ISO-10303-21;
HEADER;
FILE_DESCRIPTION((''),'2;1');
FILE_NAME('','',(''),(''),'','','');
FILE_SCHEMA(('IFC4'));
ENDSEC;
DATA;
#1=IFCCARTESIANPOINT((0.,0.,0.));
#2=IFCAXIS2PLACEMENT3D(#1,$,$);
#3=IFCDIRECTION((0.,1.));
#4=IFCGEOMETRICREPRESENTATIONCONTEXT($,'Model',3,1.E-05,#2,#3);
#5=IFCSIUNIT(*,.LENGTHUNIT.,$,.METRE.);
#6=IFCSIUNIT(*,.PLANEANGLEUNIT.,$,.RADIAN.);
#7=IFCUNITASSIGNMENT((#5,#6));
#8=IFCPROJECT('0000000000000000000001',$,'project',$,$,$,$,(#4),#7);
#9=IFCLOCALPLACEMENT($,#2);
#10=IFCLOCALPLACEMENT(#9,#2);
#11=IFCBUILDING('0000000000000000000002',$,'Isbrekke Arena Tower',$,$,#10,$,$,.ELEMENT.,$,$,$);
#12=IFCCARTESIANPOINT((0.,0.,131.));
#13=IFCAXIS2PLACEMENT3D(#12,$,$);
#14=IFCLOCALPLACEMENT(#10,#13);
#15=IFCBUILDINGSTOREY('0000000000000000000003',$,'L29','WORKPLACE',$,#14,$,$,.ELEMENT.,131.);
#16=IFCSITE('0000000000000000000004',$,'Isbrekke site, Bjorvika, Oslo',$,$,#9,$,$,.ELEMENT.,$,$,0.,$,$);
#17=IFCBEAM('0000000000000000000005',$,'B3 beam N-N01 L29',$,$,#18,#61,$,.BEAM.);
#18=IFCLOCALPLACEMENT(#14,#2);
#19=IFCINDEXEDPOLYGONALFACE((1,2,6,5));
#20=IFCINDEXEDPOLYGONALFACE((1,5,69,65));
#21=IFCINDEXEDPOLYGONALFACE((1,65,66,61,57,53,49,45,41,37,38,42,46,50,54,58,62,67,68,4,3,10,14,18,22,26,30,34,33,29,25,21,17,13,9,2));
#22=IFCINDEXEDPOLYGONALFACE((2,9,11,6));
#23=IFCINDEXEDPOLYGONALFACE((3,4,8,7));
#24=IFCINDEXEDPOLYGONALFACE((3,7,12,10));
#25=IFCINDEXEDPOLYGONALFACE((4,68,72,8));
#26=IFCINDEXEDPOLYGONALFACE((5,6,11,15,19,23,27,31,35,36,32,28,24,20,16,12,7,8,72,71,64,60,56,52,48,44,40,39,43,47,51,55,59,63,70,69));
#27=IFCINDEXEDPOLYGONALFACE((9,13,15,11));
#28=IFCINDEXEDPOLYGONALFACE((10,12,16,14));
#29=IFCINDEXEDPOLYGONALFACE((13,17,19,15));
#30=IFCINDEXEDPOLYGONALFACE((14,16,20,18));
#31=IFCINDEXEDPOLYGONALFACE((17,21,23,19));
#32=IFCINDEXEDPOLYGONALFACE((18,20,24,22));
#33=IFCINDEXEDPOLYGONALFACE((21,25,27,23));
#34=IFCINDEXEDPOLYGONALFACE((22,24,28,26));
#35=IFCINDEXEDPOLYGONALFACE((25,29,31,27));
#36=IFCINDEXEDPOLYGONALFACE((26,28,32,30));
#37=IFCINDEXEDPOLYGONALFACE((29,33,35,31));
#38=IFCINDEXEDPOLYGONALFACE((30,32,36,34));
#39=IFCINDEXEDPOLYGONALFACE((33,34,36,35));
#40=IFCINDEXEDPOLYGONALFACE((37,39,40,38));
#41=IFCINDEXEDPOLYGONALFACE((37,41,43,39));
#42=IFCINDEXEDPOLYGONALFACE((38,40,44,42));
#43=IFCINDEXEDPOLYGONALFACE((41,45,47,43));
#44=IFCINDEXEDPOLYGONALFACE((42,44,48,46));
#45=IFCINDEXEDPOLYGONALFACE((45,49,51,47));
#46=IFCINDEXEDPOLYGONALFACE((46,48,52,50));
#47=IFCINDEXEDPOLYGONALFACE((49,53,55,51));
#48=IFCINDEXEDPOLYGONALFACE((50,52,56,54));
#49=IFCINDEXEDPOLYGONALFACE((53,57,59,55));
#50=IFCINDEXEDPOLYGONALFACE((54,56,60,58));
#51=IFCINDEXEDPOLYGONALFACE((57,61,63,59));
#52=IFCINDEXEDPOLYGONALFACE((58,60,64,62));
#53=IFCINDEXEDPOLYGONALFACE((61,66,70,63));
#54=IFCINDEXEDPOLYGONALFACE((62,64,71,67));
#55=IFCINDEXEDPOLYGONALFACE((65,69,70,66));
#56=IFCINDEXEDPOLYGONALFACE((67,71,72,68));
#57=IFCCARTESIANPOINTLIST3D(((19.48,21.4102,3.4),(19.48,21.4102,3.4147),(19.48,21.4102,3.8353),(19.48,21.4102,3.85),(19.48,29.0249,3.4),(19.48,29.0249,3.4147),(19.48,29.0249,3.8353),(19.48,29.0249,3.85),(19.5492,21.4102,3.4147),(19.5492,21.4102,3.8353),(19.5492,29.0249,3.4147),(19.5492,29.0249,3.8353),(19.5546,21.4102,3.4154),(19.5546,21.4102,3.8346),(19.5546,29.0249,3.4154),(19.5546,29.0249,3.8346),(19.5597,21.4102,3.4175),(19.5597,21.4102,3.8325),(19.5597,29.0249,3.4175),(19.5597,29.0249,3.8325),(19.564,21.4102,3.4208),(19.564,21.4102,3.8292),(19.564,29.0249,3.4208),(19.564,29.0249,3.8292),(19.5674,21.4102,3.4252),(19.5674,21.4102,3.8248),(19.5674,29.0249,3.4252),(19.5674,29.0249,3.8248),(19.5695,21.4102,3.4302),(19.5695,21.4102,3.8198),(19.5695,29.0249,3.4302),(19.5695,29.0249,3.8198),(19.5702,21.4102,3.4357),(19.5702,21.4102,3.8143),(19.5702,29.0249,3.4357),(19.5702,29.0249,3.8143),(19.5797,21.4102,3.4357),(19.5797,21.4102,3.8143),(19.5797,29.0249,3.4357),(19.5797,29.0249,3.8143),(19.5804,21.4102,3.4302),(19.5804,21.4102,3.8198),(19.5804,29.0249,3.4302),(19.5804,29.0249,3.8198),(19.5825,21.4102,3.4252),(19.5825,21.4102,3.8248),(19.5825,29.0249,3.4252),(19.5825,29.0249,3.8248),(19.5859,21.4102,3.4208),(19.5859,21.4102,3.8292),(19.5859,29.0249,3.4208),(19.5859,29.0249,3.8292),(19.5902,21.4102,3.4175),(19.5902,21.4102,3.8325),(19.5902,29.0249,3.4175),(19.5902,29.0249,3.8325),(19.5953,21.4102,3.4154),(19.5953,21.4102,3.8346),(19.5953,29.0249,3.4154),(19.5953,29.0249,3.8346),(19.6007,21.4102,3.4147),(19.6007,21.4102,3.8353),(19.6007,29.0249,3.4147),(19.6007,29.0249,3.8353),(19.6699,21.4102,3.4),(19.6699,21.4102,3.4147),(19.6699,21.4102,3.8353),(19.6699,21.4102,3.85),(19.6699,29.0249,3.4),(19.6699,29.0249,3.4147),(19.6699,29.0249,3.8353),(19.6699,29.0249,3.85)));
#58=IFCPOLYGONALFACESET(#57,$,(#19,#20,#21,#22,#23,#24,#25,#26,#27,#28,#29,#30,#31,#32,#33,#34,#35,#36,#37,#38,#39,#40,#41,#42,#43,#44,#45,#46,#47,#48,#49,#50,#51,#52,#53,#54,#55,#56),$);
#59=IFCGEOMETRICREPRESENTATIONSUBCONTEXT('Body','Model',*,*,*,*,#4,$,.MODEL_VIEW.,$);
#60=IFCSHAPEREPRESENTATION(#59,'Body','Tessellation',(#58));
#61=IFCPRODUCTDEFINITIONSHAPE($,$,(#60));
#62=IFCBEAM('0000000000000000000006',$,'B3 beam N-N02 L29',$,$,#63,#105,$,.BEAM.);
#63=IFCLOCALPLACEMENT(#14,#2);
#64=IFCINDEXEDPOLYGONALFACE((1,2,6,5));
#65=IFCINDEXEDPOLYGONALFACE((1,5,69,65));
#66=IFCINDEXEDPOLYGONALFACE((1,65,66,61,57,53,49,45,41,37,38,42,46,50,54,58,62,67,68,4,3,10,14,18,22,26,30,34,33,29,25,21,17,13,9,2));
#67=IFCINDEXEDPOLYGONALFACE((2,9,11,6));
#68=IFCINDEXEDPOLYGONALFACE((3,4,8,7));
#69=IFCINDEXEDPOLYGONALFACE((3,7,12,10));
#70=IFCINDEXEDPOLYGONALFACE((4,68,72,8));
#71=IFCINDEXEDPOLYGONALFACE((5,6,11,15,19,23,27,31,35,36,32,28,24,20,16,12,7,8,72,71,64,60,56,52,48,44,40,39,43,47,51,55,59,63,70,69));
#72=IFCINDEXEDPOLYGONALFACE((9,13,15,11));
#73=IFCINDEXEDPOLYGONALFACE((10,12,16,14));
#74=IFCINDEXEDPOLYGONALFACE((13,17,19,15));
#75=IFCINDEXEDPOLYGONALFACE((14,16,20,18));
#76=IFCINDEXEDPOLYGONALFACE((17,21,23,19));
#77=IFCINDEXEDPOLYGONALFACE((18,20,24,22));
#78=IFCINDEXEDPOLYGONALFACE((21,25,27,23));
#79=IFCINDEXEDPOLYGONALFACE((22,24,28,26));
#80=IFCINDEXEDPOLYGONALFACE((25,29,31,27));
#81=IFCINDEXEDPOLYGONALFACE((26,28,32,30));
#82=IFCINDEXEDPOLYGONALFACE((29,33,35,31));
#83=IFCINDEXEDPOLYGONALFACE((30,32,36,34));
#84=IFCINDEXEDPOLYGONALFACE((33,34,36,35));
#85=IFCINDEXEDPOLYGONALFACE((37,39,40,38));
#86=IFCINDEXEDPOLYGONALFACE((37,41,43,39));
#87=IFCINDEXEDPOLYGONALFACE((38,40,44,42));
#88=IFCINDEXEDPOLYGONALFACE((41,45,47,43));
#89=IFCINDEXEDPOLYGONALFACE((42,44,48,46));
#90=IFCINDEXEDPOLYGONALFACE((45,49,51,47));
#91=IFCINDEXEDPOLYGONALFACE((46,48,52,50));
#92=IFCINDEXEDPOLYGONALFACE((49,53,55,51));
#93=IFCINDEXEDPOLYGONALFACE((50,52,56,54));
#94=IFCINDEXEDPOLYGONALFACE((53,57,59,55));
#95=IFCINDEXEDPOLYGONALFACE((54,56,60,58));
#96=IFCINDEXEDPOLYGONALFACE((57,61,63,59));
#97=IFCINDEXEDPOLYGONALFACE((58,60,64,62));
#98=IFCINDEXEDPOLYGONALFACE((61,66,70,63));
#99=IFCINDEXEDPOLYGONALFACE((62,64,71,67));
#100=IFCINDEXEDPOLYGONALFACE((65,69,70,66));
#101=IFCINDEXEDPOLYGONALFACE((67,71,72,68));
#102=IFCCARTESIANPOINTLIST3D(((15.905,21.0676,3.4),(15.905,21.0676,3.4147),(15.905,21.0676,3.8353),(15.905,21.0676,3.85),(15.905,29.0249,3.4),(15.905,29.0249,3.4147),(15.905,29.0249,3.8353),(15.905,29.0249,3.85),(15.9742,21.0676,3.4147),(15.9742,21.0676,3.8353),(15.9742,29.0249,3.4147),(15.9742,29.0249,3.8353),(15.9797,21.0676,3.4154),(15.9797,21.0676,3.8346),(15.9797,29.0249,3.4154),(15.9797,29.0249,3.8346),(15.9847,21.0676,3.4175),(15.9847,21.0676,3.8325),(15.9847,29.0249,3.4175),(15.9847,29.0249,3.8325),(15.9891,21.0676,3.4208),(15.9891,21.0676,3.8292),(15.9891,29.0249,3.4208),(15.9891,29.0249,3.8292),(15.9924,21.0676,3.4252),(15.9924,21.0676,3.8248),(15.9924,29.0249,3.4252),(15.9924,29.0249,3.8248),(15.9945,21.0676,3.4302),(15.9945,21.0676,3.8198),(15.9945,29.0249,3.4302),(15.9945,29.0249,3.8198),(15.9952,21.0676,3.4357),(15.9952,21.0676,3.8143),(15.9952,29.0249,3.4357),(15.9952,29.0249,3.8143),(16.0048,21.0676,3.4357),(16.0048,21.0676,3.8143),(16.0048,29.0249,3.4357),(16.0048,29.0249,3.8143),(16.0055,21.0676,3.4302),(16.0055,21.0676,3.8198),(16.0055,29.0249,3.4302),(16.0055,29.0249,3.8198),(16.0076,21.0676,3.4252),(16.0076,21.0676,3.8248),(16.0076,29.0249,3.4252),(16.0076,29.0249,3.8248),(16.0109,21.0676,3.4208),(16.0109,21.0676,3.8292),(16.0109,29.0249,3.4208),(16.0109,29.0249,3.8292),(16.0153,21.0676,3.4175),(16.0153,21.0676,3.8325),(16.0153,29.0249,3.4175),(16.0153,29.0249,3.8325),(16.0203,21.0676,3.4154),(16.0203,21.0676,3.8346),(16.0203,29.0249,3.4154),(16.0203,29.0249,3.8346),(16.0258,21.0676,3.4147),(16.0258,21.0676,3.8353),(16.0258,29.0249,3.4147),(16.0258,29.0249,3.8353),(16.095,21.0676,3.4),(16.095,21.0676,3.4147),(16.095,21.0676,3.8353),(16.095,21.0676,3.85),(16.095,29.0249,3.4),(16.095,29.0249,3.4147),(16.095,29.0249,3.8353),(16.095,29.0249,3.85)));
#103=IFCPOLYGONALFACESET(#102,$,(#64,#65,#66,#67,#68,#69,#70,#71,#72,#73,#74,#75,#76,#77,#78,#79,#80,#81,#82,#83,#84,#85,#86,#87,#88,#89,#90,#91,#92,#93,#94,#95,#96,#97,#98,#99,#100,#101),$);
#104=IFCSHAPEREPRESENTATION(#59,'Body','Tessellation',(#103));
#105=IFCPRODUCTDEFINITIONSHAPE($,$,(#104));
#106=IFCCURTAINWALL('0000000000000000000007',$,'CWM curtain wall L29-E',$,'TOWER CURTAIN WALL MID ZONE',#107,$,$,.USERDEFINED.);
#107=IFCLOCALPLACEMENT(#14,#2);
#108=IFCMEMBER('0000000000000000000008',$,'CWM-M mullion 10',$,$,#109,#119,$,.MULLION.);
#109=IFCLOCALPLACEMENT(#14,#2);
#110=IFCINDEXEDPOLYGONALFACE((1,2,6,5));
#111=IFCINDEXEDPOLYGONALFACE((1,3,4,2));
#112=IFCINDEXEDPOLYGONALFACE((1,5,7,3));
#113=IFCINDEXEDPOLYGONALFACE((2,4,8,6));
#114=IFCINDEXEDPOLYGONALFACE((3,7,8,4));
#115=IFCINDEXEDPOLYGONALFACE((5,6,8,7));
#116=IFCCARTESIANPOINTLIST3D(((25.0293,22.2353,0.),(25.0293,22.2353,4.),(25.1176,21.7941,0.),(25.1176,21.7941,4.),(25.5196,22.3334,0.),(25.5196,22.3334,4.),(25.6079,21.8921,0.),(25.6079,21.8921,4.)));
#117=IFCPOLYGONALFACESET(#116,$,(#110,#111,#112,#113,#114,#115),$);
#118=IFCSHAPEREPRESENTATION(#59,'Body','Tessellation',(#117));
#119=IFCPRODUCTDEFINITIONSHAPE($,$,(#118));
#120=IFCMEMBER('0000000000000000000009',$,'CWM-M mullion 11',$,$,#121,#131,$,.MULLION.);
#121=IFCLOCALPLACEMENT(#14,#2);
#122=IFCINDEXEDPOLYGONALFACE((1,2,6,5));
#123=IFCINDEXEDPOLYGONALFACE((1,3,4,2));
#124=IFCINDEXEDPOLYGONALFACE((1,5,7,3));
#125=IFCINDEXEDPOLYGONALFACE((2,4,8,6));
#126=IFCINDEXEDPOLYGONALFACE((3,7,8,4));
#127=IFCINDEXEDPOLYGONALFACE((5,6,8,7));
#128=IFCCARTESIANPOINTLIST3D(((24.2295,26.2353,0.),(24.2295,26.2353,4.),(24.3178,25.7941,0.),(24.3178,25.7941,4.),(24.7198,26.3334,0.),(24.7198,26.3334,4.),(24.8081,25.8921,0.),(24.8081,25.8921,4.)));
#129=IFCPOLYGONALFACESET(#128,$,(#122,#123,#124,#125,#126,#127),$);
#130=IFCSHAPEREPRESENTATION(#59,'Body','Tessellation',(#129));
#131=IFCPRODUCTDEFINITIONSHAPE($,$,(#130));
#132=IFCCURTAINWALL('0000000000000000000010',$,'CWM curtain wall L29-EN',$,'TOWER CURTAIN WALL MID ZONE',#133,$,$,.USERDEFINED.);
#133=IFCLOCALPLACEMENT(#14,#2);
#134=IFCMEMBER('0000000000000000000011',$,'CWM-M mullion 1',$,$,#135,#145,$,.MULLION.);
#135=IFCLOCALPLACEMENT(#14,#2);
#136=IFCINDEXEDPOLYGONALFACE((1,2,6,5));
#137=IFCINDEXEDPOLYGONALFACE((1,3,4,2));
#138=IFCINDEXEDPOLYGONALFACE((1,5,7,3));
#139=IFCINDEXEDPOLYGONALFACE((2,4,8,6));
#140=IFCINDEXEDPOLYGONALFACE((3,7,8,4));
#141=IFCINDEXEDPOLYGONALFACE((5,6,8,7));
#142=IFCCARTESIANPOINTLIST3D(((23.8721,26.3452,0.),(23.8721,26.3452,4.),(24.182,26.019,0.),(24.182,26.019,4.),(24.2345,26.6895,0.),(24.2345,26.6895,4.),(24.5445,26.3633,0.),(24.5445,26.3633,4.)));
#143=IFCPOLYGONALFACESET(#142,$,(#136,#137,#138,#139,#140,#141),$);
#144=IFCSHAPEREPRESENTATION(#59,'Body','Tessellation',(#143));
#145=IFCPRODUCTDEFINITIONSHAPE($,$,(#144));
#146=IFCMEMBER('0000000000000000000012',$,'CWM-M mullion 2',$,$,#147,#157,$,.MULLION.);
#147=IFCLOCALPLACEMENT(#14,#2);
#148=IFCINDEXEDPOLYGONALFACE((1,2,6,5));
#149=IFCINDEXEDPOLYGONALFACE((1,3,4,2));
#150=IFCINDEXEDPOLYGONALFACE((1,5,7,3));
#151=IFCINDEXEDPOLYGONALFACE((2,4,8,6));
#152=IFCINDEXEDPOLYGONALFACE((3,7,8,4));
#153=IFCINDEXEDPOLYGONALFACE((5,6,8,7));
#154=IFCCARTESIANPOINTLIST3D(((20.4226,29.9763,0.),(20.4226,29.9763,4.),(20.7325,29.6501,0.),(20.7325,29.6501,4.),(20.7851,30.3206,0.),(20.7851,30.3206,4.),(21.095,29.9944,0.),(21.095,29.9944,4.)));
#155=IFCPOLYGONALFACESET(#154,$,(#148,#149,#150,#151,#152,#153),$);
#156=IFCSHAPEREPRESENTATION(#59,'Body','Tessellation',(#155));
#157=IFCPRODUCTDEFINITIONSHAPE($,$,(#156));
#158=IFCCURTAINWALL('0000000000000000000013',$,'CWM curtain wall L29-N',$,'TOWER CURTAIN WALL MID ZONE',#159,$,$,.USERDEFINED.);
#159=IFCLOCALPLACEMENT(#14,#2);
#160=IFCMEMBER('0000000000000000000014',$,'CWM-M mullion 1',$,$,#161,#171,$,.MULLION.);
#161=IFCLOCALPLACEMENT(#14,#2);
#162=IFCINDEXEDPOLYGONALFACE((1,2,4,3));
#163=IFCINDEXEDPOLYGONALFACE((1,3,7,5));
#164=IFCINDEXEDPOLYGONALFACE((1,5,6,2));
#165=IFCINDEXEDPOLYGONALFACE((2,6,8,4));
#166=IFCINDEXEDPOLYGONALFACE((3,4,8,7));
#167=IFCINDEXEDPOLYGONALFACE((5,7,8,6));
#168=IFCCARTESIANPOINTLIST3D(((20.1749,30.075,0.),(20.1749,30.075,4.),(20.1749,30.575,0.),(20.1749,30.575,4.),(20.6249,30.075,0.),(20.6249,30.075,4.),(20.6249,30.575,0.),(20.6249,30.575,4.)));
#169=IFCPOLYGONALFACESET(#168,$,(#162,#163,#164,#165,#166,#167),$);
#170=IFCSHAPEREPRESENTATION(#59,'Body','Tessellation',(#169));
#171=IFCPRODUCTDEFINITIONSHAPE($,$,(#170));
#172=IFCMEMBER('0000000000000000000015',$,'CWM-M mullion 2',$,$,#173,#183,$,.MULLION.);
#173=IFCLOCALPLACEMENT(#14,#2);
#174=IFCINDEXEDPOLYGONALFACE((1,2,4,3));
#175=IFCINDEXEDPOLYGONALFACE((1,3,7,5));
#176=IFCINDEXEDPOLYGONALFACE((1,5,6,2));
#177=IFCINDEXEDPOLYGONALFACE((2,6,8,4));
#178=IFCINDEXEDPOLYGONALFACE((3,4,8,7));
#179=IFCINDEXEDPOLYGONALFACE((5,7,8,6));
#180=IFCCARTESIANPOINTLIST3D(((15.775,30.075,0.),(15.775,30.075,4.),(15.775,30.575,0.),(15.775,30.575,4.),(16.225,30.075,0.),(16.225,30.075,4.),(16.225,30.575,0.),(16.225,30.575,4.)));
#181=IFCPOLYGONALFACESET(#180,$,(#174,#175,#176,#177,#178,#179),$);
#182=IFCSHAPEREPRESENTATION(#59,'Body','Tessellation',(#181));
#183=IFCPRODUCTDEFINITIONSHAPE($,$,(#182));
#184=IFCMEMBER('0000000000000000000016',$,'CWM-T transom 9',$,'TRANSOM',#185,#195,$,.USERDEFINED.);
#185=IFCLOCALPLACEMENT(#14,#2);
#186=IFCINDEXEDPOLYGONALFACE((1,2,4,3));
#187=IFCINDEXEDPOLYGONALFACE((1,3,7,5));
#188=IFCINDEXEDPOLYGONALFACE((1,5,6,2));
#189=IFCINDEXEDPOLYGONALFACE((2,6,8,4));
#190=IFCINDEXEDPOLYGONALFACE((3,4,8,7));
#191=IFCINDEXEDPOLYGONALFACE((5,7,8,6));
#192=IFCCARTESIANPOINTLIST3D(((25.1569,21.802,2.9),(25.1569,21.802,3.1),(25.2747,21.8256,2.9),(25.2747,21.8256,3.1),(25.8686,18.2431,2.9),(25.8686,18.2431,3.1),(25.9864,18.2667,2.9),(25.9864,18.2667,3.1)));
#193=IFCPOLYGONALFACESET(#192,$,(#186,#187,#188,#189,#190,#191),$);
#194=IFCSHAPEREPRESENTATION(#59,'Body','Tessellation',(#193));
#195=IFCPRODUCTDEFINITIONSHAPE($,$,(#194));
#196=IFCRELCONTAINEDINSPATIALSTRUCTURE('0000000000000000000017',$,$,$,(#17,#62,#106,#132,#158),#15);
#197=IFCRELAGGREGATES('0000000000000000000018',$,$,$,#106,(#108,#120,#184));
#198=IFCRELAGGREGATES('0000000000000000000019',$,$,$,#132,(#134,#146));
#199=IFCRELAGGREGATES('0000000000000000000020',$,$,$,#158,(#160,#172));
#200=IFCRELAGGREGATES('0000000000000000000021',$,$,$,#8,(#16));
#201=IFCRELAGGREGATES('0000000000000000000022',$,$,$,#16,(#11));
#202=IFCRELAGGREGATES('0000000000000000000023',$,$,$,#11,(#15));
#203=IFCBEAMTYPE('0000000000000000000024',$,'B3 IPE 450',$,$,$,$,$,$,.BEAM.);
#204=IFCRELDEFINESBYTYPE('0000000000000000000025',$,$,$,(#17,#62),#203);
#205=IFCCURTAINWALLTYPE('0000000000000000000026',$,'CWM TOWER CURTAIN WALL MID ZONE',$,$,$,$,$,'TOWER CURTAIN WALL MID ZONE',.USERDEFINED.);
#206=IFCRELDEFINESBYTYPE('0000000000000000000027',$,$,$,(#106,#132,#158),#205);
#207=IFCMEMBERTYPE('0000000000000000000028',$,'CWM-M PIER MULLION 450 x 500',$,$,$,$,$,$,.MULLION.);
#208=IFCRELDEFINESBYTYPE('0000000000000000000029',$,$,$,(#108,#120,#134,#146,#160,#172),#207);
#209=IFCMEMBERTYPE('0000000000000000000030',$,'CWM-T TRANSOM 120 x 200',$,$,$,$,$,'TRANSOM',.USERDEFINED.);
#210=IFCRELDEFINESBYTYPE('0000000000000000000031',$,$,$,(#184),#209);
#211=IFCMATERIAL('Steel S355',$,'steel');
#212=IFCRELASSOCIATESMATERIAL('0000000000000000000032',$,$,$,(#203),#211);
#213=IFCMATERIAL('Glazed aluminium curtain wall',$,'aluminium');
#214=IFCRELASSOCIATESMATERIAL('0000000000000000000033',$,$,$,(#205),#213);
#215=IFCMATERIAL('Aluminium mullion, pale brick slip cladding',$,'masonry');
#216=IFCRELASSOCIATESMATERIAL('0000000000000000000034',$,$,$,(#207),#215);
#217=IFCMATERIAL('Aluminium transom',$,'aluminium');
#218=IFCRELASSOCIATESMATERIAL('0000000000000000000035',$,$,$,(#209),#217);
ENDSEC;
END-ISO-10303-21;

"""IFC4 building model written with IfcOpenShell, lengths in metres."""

from ifc_helpers import new_model, si_unit, direction, frame, origin, origin_2d, place, context, subcontext, project, spatial, rectangle, i_section, extrude, material, material_profile, profile_set, type_object, element, aggregate, save


model = new_model("IFC4")

# Units and contexts
model_context = context("Model", 3, precision=1e-05, world=origin(), true_north=direction((0.0, 1.0)))
body_context = subcontext(model_context, "Body", "Model", "MODEL_VIEW")
ifc_project = project(units=[si_unit("LENGTHUNIT", "METRE"), si_unit("PLANEANGLEUNIT", "RADIAN")], contexts=[model_context])

# Site, building, storey
site_placement = place(None, origin())
site = spatial("IfcSite", under=ifc_project, at=site_placement, Name="Isbrekke site, Bjorvika, Oslo", CompositionType="ELEMENT", RefElevation=0.0)
building_placement = place(site_placement, origin())
building = spatial("IfcBuilding", under=site, at=building_placement, Name="Isbrekke Arena Tower", CompositionType="ELEMENT")
storey_placement = place(building_placement, frame((0.0, 0.0, 131.0)))
storey = spatial("IfcBuildingStorey", under=building, at=storey_placement, Name="L29", Description="WORKPLACE", CompositionType="ELEMENT", Elevation=131.0)

# Beams
ifc_material_1 = material(Name="Steel S355", Category="steel")
ifc_material_profile_1 = material_profile(ifc_material_1, i_section(OverallWidth=0.1899, OverallDepth=0.45, WebThickness=0.0095, FlangeThickness=0.0146, FilletRadius=0.021, at=origin_2d()), Name="IPE 450")
ifc_profile_set_1 = profile_set([ifc_material_profile_1], Name="Steel S355")
beam_type_1 = type_object("IfcBeamType", Name="B3 IPE 450", PredefinedType="BEAM", material=ifc_profile_set_1)
beam_1_placement = place(storey_placement, frame((19.575, 29.0249, 3.625), z_axis=(0.0, -1.0, 0.0), x_axis=(1.0, 0.0, 0.0)))
element("IfcBeam", 1, at=beam_1_placement, inside=storey, type_object=beam_type_1, Name="B3 beam N-N01 L29", PredefinedType="BEAM", context=body_context, shape_type="SweptSolid", body=[
    extrude(i_section(OverallWidth=0.1899, OverallDepth=0.45, WebThickness=0.0095, FlangeThickness=0.0146, FilletRadius=0.021, at=origin_2d()), origin(), (0.0, 0.0, 1.0), 7.6147),
])
beam_2_placement = place(storey_placement, frame((16.0, 29.0249, 3.625), z_axis=(0.0, -1.0, 0.0), x_axis=(1.0, 0.0, 0.0)))
element("IfcBeam", 2, at=beam_2_placement, inside=storey, type_object=beam_type_1, Name="B3 beam N-N02 L29", PredefinedType="BEAM", context=body_context, shape_type="SweptSolid", body=[
    extrude(i_section(OverallWidth=0.1899, OverallDepth=0.45, WebThickness=0.0095, FlangeThickness=0.0146, FilletRadius=0.021, at=origin_2d()), origin(), (0.0, 0.0, 1.0), 7.9573),
])

# Curtain walls, members
ifc_material_2 = material(Name="Glazed aluminium curtain wall", Category="aluminium")
curtain_wall_type = type_object("IfcCurtainWallType", Name="CWM TOWER CURTAIN WALL MID ZONE", ElementType="TOWER CURTAIN WALL MID ZONE", PredefinedType="USERDEFINED", material=ifc_material_2)
curtain_wall_1_placement = place(storey_placement, origin())
curtain_wall_1 = element("IfcCurtainWall", 3, at=curtain_wall_1_placement, inside=storey, type_object=curtain_wall_type, Name="CWM curtain wall L29-E", ObjectType="TOWER CURTAIN WALL MID ZONE", PredefinedType="USERDEFINED")
ifc_material_3 = material(Name="Aluminium mullion, pale brick slip cladding", Category="masonry")
ifc_material_profile_2 = material_profile(ifc_material_3, rectangle(XDim=0.45, YDim=0.5, at=origin_2d()), Name="PIER 450X500")
ifc_profile_set_2 = profile_set([ifc_material_profile_2], Name="Aluminium mullion, pale brick slip cladding")
member_type_1 = type_object("IfcMemberType", Name="CWM-M PIER MULLION 450 x 500", PredefinedType="MULLION", material=ifc_profile_set_2)
member_1_placement = place(storey_placement, frame((25.3186, 22.0637, 0.0), z_axis=(0.0, 0.0, 1.0), x_axis=(-0.196116, 0.980581, 0.0)))
member_1 = element("IfcMember", 4, at=member_1_placement, type_object=member_type_1, Name="CWM-M mullion 10", PredefinedType="MULLION", context=body_context, shape_type="SweptSolid", body=[
    extrude(rectangle(XDim=0.45, YDim=0.5, at=origin_2d()), origin(), (0.0, 0.0, 1.0), 4.0),
])
member_2_placement = place(storey_placement, frame((24.5188, 26.0637, 0.0), z_axis=(0.0, 0.0, 1.0), x_axis=(-0.196116, 0.980581, 0.0)))
member_2 = element("IfcMember", 5, at=member_2_placement, type_object=member_type_1, Name="CWM-M mullion 11", PredefinedType="MULLION", context=body_context, shape_type="SweptSolid", body=[
    extrude(rectangle(XDim=0.45, YDim=0.5, at=origin_2d()), origin(), (0.0, 0.0, 1.0), 4.0),
])
curtain_wall_2_placement = place(storey_placement, origin())
curtain_wall_2 = element("IfcCurtainWall", 6, at=curtain_wall_2_placement, inside=storey, type_object=curtain_wall_type, Name="CWM curtain wall L29-EN", ObjectType="TOWER CURTAIN WALL MID ZONE", PredefinedType="USERDEFINED")
member_3_placement = place(storey_placement, frame((24.2083, 26.3542, 0.0), z_axis=(0.0, 0.0, 1.0), x_axis=(-0.688749, 0.724999, 0.0)))
member_3 = element("IfcMember", 7, at=member_3_placement, type_object=member_type_1, Name="CWM-M mullion 1", PredefinedType="MULLION", context=body_context, shape_type="SweptSolid", body=[
    extrude(rectangle(XDim=0.45, YDim=0.5, at=origin_2d()), origin(), (0.0, 0.0, 1.0), 4.0),
])
member_4_placement = place(storey_placement, frame((20.7588, 29.9854, 0.0), z_axis=(0.0, 0.0, 1.0), x_axis=(-0.688749, 0.724999, 0.0)))
member_4 = element("IfcMember", 8, at=member_4_placement, type_object=member_type_1, Name="CWM-M mullion 2", PredefinedType="MULLION", context=body_context, shape_type="SweptSolid", body=[
    extrude(rectangle(XDim=0.45, YDim=0.5, at=origin_2d()), origin(), (0.0, 0.0, 1.0), 4.0),
])
curtain_wall_3_placement = place(storey_placement, origin())
curtain_wall_3 = element("IfcCurtainWall", 9, at=curtain_wall_3_placement, inside=storey, type_object=curtain_wall_type, Name="CWM curtain wall L29-N", ObjectType="TOWER CURTAIN WALL MID ZONE", PredefinedType="USERDEFINED")
member_5_placement = place(storey_placement, frame((20.3999, 30.325, 0.0), z_axis=(0.0, 0.0, 1.0), x_axis=(-1.0, 0.0, 0.0)))
member_5 = element("IfcMember", 10, at=member_5_placement, type_object=member_type_1, Name="CWM-M mullion 1", PredefinedType="MULLION", context=body_context, shape_type="SweptSolid", body=[
    extrude(rectangle(XDim=0.45, YDim=0.5, at=origin_2d()), origin(), (0.0, 0.0, 1.0), 4.0),
])
member_6_placement = place(storey_placement, frame((16.0, 30.325, 0.0), z_axis=(0.0, 0.0, 1.0), x_axis=(-1.0, 0.0, 0.0)))
member_6 = element("IfcMember", 11, at=member_6_placement, type_object=member_type_1, Name="CWM-M mullion 2", PredefinedType="MULLION", context=body_context, shape_type="SweptSolid", body=[
    extrude(rectangle(XDim=0.45, YDim=0.5, at=origin_2d()), origin(), (0.0, 0.0, 1.0), 4.0),
])

# Member
ifc_material_4 = material(Name="Aluminium transom", Category="aluminium")
ifc_material_profile_3 = material_profile(ifc_material_4, rectangle(XDim=0.1201, YDim=0.2, at=origin_2d()), Name="TRANSOM 120X200")
ifc_profile_set_3 = profile_set([ifc_material_profile_3], Name="Aluminium transom")
member_type_2 = type_object("IfcMemberType", Name="CWM-T TRANSOM 120 x 200", ElementType="TRANSOM", PredefinedType="USERDEFINED", material=ifc_profile_set_3)
member_7_placement = place(storey_placement, frame((25.9275, 18.2549, 3.0), z_axis=(-0.19609, 0.980586, 0.0), x_axis=(-0.980586, -0.19609, 0.0)))
member_7 = element("IfcMember", 12, at=member_7_placement, type_object=member_type_2, Name="CWM-T transom 9", ObjectType="TRANSOM", PredefinedType="USERDEFINED", context=body_context, shape_type="SweptSolid", body=[
    extrude(rectangle(XDim=0.1201, YDim=0.2, at=origin_2d()), origin(), (0.0, 0.0, 1.0), 3.6294),
])

aggregate(curtain_wall_1, [member_1, member_2, member_7])
aggregate(curtain_wall_2, [member_3, member_4])
aggregate(curtain_wall_3, [member_5, member_6])

save(model, "model.ifc")
